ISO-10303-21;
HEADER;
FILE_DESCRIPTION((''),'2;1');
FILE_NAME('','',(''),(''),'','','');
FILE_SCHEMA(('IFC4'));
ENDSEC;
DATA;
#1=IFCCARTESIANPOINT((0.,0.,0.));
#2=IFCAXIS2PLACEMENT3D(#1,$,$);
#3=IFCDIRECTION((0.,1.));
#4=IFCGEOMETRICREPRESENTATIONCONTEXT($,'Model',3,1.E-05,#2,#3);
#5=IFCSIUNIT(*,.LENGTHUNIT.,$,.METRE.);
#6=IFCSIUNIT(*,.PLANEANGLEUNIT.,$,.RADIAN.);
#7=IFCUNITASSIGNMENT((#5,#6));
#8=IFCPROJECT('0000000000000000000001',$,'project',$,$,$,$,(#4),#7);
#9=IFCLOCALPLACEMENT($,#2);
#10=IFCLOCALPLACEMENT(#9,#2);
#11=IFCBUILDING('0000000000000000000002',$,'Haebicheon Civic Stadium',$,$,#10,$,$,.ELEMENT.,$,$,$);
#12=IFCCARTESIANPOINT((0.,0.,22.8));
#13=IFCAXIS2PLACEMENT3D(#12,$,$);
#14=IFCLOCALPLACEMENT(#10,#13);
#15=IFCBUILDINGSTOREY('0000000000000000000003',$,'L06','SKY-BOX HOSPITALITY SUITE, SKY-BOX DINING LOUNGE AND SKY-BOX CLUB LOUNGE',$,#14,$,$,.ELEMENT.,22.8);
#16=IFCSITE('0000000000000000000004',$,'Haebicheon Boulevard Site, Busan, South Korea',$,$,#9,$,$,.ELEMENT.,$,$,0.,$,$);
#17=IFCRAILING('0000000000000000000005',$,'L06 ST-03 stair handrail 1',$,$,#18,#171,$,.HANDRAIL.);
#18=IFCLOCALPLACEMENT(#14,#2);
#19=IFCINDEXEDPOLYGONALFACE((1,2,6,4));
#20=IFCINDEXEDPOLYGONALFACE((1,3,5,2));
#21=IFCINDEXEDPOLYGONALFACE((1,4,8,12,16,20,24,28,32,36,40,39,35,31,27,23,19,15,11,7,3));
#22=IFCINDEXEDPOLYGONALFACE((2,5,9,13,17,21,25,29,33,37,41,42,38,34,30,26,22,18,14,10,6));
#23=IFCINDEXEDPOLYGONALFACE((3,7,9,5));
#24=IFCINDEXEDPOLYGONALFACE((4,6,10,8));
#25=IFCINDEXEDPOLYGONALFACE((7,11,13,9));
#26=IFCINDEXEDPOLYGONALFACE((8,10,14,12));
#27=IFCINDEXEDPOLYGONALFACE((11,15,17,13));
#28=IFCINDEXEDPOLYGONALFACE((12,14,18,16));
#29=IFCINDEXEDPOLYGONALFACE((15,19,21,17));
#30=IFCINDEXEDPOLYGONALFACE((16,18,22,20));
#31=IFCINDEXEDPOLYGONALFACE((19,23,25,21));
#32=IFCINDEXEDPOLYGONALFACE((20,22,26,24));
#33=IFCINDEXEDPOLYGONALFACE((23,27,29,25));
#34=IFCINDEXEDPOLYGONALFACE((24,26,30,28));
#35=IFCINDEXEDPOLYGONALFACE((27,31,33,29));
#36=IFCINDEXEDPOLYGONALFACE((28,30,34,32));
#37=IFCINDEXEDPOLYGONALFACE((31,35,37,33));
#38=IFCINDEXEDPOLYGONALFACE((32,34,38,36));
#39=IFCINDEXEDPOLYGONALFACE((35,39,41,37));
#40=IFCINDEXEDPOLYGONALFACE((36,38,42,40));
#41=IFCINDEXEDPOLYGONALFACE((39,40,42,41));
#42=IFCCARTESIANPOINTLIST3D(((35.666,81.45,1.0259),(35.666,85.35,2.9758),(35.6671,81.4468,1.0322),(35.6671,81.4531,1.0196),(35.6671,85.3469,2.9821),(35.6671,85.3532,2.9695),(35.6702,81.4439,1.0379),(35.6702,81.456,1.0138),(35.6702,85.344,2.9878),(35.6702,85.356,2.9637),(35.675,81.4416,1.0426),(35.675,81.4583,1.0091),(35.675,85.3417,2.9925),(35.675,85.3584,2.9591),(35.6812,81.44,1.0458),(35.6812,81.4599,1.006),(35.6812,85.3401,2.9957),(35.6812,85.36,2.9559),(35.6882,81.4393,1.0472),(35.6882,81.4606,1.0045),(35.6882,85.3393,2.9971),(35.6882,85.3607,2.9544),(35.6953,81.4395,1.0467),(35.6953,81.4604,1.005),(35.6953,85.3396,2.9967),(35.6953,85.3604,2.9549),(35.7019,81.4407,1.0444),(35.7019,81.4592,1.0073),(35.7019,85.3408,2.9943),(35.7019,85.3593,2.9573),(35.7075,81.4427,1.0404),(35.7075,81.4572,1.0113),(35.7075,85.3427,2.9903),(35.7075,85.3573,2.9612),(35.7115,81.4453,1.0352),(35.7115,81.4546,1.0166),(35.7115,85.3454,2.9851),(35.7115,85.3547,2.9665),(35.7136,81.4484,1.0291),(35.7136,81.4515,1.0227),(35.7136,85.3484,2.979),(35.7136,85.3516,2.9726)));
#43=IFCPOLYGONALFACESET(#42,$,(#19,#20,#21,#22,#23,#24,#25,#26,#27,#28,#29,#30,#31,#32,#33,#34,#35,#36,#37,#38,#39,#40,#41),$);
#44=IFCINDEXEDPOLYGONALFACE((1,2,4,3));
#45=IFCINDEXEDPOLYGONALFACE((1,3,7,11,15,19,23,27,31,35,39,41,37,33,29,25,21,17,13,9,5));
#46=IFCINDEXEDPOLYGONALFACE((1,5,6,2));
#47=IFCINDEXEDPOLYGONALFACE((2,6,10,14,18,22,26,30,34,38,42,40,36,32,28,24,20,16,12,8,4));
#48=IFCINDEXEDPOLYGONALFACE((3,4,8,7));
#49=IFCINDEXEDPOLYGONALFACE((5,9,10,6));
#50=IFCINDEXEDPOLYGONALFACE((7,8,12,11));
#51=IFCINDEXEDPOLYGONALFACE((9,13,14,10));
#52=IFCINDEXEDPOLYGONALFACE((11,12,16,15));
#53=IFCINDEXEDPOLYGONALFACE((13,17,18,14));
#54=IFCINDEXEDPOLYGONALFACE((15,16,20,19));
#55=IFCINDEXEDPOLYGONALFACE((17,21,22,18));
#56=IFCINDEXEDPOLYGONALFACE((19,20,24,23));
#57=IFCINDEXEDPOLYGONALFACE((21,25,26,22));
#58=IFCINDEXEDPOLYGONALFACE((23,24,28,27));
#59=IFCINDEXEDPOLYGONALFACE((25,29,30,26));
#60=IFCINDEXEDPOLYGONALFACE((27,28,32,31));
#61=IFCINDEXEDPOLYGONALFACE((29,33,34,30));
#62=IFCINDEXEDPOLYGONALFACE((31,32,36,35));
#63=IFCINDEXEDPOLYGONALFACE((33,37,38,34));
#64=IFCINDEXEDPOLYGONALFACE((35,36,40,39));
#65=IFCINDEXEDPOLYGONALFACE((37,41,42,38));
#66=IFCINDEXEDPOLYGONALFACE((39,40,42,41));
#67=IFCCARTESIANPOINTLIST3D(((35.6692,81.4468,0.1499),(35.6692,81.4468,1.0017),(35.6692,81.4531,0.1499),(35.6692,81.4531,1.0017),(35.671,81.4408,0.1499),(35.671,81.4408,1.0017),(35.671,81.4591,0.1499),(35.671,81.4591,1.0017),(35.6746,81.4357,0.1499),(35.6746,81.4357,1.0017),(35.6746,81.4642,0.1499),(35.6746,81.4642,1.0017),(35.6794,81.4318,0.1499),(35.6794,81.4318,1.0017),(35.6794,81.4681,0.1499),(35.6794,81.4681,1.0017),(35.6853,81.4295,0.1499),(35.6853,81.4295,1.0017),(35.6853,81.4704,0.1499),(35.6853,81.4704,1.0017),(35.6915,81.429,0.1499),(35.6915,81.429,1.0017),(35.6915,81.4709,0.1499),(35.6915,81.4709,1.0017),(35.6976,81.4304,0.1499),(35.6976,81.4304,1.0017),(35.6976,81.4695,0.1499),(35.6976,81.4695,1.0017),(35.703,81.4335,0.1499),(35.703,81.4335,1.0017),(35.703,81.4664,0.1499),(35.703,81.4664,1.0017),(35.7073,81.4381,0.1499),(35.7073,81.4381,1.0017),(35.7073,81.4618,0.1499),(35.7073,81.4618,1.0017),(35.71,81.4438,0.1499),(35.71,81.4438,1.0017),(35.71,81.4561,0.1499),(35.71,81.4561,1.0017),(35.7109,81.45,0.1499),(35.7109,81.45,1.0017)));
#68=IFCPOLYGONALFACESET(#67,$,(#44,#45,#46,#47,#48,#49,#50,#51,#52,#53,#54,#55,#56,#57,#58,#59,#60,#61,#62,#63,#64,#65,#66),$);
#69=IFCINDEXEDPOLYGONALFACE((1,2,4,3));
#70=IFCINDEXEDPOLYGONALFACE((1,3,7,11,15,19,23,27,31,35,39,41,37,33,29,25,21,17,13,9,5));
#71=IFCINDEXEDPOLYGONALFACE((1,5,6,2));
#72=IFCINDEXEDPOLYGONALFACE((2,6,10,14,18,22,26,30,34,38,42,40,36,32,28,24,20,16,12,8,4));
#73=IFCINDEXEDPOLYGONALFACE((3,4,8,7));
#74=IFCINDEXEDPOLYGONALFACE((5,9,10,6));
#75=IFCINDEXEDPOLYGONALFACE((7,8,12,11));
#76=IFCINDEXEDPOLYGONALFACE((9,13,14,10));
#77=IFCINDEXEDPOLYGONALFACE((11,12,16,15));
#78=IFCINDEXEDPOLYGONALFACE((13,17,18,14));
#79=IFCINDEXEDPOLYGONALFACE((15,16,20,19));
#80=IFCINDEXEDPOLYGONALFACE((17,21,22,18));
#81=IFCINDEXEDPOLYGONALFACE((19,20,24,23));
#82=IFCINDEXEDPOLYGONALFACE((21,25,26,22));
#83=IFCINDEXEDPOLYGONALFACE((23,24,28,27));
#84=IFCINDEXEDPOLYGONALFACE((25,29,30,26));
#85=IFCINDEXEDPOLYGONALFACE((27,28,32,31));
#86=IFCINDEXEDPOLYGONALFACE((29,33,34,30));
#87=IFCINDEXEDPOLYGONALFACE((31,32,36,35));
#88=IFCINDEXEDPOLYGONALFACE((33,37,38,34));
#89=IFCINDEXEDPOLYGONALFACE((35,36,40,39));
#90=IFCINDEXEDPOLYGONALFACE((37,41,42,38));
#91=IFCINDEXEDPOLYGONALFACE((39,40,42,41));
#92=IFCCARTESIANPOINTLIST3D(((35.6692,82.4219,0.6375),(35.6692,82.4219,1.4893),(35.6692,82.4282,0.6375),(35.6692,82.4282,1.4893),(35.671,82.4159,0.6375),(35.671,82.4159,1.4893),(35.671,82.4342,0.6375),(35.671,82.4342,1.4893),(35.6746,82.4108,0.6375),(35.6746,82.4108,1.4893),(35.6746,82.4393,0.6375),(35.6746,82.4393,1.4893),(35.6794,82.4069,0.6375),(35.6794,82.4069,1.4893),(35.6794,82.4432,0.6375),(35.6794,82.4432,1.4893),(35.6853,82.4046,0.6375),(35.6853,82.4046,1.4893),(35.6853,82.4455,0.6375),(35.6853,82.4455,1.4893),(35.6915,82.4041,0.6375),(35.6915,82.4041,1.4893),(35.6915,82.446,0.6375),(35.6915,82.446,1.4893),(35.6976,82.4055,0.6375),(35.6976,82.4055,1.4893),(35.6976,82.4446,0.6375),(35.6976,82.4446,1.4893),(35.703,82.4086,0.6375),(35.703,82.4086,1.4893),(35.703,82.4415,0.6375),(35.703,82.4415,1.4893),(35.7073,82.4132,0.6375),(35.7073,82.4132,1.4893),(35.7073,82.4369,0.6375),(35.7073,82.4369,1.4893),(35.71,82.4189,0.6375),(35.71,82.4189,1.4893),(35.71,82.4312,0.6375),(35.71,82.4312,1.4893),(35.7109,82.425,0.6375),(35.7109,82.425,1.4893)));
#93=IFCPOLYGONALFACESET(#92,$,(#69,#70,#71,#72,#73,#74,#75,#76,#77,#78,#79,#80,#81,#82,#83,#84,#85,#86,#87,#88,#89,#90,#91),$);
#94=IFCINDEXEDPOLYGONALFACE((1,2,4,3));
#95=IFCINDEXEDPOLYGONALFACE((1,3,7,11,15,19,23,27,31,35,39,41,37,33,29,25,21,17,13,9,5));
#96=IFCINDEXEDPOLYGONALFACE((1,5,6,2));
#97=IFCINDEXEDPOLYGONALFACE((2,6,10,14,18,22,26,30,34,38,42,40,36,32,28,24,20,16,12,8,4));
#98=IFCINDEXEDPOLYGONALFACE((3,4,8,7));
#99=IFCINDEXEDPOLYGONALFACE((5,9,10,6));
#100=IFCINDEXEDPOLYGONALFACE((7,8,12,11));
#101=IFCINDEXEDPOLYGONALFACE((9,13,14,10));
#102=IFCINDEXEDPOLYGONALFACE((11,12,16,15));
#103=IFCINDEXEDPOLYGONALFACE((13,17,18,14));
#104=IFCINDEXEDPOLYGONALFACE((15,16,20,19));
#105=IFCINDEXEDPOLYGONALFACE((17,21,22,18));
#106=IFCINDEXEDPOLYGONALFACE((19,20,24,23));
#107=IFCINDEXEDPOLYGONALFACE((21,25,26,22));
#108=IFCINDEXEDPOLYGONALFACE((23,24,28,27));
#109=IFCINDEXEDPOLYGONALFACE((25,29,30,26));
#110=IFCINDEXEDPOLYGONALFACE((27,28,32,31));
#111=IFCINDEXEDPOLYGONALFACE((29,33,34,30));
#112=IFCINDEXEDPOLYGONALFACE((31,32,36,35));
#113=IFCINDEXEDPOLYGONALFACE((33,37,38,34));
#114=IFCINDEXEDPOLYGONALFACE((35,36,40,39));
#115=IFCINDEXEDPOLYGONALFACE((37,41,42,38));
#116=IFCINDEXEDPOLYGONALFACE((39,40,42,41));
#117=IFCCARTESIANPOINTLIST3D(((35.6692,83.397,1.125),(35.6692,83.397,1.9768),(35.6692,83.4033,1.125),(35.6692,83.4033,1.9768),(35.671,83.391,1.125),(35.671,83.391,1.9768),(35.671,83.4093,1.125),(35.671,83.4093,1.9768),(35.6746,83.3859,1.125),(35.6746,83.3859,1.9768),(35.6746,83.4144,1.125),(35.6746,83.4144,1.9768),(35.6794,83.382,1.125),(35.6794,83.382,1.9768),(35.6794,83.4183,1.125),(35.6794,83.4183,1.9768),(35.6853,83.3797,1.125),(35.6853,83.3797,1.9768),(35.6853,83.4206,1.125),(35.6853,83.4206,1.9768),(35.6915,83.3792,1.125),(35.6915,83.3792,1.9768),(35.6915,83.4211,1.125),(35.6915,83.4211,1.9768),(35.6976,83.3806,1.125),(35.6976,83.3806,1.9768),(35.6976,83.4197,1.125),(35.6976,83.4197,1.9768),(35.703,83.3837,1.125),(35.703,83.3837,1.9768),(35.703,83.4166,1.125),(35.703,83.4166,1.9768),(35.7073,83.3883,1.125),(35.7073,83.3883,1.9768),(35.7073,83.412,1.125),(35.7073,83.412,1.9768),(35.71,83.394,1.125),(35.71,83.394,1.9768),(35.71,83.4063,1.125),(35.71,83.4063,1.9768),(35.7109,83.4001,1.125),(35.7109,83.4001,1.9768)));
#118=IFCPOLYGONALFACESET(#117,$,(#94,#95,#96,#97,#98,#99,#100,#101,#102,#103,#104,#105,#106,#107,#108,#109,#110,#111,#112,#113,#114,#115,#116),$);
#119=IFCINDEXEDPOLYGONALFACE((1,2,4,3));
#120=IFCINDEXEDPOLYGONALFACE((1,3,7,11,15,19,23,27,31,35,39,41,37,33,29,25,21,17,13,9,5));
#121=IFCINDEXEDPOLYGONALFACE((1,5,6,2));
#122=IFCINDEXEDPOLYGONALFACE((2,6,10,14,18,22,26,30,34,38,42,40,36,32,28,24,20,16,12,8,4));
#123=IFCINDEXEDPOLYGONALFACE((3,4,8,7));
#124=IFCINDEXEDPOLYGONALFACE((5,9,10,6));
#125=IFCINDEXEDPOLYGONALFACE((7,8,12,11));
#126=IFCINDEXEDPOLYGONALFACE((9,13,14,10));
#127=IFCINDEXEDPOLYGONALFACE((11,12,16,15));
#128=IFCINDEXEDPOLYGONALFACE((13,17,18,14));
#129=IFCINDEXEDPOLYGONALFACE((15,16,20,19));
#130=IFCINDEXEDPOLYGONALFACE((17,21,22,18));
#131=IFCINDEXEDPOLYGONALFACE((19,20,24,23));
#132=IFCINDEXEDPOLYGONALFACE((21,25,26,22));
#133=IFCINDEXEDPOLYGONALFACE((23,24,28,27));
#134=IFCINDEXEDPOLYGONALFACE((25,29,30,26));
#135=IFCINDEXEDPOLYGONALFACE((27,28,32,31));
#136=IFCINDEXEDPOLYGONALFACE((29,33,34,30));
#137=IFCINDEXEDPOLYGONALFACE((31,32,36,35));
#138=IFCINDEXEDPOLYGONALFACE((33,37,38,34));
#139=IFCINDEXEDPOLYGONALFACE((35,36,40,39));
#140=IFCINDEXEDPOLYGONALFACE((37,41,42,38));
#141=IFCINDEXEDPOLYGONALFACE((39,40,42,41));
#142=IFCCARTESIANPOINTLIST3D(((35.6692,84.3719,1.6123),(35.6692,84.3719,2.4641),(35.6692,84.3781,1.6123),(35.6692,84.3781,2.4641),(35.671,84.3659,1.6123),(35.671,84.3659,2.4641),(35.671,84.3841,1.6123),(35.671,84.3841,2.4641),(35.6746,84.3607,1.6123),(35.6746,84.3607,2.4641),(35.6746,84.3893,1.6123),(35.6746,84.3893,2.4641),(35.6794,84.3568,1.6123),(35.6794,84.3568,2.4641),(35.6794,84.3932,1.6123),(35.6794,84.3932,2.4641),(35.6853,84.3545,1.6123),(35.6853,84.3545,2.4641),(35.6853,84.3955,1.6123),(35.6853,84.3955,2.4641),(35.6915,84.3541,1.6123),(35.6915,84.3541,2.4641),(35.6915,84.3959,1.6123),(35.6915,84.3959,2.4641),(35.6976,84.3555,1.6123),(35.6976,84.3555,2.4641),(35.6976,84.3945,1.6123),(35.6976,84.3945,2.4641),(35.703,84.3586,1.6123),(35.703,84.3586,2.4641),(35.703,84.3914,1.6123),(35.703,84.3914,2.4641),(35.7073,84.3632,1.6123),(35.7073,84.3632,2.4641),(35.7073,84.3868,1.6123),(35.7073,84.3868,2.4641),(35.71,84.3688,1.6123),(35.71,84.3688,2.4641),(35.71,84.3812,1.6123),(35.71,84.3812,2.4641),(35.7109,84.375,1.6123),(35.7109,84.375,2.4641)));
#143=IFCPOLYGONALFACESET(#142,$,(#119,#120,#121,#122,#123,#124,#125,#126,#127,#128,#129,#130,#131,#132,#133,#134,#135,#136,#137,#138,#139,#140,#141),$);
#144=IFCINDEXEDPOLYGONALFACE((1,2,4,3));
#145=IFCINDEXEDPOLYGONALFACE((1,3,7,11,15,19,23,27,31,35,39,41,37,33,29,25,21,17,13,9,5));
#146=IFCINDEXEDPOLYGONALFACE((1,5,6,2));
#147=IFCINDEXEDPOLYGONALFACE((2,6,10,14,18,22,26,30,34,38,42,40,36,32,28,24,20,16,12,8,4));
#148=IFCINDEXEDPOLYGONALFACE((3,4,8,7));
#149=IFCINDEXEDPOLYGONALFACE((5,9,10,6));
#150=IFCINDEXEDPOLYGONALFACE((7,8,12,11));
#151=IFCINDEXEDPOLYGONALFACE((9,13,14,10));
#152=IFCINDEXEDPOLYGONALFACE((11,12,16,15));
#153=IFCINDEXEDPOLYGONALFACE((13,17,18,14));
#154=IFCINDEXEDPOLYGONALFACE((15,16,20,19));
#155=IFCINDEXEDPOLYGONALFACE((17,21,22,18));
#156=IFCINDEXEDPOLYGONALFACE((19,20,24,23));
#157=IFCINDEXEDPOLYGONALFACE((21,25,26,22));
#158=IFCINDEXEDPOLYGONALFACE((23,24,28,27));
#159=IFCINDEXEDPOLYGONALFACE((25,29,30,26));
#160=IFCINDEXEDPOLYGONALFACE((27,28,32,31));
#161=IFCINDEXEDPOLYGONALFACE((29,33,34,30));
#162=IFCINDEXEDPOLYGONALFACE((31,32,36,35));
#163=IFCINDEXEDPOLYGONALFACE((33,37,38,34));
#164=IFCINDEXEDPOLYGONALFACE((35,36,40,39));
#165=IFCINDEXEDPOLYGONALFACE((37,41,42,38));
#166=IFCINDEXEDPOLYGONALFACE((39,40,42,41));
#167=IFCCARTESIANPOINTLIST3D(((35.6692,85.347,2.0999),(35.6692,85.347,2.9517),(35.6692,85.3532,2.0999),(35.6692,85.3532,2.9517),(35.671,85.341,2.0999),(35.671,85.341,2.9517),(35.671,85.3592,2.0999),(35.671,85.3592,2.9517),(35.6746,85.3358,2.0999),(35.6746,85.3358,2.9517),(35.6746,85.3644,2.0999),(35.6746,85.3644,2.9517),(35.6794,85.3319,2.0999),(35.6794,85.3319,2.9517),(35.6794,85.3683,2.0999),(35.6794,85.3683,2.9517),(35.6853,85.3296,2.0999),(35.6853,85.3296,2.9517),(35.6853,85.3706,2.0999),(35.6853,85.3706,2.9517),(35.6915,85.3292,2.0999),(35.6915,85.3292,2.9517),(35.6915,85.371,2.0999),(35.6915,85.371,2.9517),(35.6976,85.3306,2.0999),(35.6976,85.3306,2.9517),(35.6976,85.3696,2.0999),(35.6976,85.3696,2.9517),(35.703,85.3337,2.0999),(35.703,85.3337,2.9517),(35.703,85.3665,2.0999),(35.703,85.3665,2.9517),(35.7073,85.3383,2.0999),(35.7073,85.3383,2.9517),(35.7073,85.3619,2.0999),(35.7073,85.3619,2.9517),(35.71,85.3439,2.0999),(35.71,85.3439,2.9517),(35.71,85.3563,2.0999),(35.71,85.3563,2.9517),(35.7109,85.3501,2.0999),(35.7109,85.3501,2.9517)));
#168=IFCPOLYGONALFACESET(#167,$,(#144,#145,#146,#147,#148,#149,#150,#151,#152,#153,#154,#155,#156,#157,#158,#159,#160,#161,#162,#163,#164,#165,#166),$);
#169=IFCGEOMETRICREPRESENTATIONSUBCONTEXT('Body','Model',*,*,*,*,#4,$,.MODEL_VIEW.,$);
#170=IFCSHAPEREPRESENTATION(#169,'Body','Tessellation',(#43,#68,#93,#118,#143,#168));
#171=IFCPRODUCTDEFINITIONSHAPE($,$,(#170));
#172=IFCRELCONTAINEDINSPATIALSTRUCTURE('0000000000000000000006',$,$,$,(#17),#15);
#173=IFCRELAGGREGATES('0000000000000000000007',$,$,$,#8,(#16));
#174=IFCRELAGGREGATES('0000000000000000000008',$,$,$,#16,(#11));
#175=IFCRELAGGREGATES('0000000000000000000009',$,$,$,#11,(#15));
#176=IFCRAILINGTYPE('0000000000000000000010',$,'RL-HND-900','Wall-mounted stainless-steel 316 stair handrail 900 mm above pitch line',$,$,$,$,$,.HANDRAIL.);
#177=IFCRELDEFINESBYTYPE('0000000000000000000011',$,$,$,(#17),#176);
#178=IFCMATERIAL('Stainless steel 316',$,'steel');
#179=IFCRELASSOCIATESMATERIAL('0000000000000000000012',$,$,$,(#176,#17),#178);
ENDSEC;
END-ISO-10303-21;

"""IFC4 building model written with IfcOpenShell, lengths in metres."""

from ifc_helpers import new_model, si_unit, direction, frame, origin, origin_2d, place, context, subcontext, project, spatial, circle, extrude, material, type_object, element, save


model = new_model("IFC4")

# Units and contexts
model_context = context("Model", 3, precision=1e-05, world=origin(), true_north=direction((0.0, 1.0)))
body_context = subcontext(model_context, "Body", "Model", "MODEL_VIEW")
ifc_project = project(units=[si_unit("LENGTHUNIT", "METRE"), si_unit("PLANEANGLEUNIT", "RADIAN")], contexts=[model_context])

# Site, building, storey
site_placement = place(None, origin())
site = spatial("IfcSite", under=ifc_project, at=site_placement, Name="Haebicheon Boulevard Site, Busan, South Korea", CompositionType="ELEMENT", RefElevation=0.0)
building_placement = place(site_placement, origin())
building = spatial("IfcBuilding", under=site, at=building_placement, Name="Haebicheon Civic Stadium", CompositionType="ELEMENT")
storey_placement = place(building_placement, frame((0.0, 0.0, 22.8)))
storey = spatial("IfcBuildingStorey", under=building, at=storey_placement, Name="L06", Description="SKY-BOX HOSPITALITY SUITE, SKY-BOX DINING LOUNGE AND SKY-BOX CLUB LOUNGE", CompositionType="ELEMENT", Elevation=22.8)

# Railing
ifc_material_1 = material(Name="Stainless steel 316", Category="steel")
railing_type_1 = type_object("IfcRailingType", Name="RL-HND-900", Description="Wall-mounted stainless-steel 316 stair handrail 900 mm above pitch line", PredefinedType="HANDRAIL", material=ifc_material_1)
railing_1_placement = place(storey_placement, frame((35.6899, 81.45, 0.1499)))
element("IfcRailing", 1, at=railing_1_placement, inside=storey, type_object=railing_type_1, material=ifc_material_1, Name="L06 ST-03 stair handrail 1", PredefinedType="HANDRAIL", context=body_context, shape_type="SweptSolid", body=[
    extrude(circle(Radius=0.0239, at=origin_2d()), frame((0.0, 0.0, 0.876), z_axis=(0.0, 0.894438, 0.447191), x_axis=(-1.0, 0.0, 0.0)), (0.0, 0.0, 1.0), 4.3604),
    extrude(circle(Radius=0.021, at=origin_2d()), origin(), (0.0, 0.0, 1.0), 0.8518),
    extrude(circle(Radius=0.021, at=origin_2d()), frame((0.0, 0.9751, 0.4875)), (0.0, 0.0, 1.0), 0.8518),
    extrude(circle(Radius=0.021, at=origin_2d()), frame((0.0, 1.9502, 0.9751)), (0.0, 0.0, 1.0), 0.8518),
    extrude(circle(Radius=0.021, at=origin_2d()), frame((0.0, 2.925, 1.4624)), (0.0, 0.0, 1.0), 0.8518),
    extrude(circle(Radius=0.021, at=origin_2d()), frame((0.0, 3.9001, 1.95)), (0.0, 0.0, 1.0), 0.8518),
])

save(model, "model.ifc")
